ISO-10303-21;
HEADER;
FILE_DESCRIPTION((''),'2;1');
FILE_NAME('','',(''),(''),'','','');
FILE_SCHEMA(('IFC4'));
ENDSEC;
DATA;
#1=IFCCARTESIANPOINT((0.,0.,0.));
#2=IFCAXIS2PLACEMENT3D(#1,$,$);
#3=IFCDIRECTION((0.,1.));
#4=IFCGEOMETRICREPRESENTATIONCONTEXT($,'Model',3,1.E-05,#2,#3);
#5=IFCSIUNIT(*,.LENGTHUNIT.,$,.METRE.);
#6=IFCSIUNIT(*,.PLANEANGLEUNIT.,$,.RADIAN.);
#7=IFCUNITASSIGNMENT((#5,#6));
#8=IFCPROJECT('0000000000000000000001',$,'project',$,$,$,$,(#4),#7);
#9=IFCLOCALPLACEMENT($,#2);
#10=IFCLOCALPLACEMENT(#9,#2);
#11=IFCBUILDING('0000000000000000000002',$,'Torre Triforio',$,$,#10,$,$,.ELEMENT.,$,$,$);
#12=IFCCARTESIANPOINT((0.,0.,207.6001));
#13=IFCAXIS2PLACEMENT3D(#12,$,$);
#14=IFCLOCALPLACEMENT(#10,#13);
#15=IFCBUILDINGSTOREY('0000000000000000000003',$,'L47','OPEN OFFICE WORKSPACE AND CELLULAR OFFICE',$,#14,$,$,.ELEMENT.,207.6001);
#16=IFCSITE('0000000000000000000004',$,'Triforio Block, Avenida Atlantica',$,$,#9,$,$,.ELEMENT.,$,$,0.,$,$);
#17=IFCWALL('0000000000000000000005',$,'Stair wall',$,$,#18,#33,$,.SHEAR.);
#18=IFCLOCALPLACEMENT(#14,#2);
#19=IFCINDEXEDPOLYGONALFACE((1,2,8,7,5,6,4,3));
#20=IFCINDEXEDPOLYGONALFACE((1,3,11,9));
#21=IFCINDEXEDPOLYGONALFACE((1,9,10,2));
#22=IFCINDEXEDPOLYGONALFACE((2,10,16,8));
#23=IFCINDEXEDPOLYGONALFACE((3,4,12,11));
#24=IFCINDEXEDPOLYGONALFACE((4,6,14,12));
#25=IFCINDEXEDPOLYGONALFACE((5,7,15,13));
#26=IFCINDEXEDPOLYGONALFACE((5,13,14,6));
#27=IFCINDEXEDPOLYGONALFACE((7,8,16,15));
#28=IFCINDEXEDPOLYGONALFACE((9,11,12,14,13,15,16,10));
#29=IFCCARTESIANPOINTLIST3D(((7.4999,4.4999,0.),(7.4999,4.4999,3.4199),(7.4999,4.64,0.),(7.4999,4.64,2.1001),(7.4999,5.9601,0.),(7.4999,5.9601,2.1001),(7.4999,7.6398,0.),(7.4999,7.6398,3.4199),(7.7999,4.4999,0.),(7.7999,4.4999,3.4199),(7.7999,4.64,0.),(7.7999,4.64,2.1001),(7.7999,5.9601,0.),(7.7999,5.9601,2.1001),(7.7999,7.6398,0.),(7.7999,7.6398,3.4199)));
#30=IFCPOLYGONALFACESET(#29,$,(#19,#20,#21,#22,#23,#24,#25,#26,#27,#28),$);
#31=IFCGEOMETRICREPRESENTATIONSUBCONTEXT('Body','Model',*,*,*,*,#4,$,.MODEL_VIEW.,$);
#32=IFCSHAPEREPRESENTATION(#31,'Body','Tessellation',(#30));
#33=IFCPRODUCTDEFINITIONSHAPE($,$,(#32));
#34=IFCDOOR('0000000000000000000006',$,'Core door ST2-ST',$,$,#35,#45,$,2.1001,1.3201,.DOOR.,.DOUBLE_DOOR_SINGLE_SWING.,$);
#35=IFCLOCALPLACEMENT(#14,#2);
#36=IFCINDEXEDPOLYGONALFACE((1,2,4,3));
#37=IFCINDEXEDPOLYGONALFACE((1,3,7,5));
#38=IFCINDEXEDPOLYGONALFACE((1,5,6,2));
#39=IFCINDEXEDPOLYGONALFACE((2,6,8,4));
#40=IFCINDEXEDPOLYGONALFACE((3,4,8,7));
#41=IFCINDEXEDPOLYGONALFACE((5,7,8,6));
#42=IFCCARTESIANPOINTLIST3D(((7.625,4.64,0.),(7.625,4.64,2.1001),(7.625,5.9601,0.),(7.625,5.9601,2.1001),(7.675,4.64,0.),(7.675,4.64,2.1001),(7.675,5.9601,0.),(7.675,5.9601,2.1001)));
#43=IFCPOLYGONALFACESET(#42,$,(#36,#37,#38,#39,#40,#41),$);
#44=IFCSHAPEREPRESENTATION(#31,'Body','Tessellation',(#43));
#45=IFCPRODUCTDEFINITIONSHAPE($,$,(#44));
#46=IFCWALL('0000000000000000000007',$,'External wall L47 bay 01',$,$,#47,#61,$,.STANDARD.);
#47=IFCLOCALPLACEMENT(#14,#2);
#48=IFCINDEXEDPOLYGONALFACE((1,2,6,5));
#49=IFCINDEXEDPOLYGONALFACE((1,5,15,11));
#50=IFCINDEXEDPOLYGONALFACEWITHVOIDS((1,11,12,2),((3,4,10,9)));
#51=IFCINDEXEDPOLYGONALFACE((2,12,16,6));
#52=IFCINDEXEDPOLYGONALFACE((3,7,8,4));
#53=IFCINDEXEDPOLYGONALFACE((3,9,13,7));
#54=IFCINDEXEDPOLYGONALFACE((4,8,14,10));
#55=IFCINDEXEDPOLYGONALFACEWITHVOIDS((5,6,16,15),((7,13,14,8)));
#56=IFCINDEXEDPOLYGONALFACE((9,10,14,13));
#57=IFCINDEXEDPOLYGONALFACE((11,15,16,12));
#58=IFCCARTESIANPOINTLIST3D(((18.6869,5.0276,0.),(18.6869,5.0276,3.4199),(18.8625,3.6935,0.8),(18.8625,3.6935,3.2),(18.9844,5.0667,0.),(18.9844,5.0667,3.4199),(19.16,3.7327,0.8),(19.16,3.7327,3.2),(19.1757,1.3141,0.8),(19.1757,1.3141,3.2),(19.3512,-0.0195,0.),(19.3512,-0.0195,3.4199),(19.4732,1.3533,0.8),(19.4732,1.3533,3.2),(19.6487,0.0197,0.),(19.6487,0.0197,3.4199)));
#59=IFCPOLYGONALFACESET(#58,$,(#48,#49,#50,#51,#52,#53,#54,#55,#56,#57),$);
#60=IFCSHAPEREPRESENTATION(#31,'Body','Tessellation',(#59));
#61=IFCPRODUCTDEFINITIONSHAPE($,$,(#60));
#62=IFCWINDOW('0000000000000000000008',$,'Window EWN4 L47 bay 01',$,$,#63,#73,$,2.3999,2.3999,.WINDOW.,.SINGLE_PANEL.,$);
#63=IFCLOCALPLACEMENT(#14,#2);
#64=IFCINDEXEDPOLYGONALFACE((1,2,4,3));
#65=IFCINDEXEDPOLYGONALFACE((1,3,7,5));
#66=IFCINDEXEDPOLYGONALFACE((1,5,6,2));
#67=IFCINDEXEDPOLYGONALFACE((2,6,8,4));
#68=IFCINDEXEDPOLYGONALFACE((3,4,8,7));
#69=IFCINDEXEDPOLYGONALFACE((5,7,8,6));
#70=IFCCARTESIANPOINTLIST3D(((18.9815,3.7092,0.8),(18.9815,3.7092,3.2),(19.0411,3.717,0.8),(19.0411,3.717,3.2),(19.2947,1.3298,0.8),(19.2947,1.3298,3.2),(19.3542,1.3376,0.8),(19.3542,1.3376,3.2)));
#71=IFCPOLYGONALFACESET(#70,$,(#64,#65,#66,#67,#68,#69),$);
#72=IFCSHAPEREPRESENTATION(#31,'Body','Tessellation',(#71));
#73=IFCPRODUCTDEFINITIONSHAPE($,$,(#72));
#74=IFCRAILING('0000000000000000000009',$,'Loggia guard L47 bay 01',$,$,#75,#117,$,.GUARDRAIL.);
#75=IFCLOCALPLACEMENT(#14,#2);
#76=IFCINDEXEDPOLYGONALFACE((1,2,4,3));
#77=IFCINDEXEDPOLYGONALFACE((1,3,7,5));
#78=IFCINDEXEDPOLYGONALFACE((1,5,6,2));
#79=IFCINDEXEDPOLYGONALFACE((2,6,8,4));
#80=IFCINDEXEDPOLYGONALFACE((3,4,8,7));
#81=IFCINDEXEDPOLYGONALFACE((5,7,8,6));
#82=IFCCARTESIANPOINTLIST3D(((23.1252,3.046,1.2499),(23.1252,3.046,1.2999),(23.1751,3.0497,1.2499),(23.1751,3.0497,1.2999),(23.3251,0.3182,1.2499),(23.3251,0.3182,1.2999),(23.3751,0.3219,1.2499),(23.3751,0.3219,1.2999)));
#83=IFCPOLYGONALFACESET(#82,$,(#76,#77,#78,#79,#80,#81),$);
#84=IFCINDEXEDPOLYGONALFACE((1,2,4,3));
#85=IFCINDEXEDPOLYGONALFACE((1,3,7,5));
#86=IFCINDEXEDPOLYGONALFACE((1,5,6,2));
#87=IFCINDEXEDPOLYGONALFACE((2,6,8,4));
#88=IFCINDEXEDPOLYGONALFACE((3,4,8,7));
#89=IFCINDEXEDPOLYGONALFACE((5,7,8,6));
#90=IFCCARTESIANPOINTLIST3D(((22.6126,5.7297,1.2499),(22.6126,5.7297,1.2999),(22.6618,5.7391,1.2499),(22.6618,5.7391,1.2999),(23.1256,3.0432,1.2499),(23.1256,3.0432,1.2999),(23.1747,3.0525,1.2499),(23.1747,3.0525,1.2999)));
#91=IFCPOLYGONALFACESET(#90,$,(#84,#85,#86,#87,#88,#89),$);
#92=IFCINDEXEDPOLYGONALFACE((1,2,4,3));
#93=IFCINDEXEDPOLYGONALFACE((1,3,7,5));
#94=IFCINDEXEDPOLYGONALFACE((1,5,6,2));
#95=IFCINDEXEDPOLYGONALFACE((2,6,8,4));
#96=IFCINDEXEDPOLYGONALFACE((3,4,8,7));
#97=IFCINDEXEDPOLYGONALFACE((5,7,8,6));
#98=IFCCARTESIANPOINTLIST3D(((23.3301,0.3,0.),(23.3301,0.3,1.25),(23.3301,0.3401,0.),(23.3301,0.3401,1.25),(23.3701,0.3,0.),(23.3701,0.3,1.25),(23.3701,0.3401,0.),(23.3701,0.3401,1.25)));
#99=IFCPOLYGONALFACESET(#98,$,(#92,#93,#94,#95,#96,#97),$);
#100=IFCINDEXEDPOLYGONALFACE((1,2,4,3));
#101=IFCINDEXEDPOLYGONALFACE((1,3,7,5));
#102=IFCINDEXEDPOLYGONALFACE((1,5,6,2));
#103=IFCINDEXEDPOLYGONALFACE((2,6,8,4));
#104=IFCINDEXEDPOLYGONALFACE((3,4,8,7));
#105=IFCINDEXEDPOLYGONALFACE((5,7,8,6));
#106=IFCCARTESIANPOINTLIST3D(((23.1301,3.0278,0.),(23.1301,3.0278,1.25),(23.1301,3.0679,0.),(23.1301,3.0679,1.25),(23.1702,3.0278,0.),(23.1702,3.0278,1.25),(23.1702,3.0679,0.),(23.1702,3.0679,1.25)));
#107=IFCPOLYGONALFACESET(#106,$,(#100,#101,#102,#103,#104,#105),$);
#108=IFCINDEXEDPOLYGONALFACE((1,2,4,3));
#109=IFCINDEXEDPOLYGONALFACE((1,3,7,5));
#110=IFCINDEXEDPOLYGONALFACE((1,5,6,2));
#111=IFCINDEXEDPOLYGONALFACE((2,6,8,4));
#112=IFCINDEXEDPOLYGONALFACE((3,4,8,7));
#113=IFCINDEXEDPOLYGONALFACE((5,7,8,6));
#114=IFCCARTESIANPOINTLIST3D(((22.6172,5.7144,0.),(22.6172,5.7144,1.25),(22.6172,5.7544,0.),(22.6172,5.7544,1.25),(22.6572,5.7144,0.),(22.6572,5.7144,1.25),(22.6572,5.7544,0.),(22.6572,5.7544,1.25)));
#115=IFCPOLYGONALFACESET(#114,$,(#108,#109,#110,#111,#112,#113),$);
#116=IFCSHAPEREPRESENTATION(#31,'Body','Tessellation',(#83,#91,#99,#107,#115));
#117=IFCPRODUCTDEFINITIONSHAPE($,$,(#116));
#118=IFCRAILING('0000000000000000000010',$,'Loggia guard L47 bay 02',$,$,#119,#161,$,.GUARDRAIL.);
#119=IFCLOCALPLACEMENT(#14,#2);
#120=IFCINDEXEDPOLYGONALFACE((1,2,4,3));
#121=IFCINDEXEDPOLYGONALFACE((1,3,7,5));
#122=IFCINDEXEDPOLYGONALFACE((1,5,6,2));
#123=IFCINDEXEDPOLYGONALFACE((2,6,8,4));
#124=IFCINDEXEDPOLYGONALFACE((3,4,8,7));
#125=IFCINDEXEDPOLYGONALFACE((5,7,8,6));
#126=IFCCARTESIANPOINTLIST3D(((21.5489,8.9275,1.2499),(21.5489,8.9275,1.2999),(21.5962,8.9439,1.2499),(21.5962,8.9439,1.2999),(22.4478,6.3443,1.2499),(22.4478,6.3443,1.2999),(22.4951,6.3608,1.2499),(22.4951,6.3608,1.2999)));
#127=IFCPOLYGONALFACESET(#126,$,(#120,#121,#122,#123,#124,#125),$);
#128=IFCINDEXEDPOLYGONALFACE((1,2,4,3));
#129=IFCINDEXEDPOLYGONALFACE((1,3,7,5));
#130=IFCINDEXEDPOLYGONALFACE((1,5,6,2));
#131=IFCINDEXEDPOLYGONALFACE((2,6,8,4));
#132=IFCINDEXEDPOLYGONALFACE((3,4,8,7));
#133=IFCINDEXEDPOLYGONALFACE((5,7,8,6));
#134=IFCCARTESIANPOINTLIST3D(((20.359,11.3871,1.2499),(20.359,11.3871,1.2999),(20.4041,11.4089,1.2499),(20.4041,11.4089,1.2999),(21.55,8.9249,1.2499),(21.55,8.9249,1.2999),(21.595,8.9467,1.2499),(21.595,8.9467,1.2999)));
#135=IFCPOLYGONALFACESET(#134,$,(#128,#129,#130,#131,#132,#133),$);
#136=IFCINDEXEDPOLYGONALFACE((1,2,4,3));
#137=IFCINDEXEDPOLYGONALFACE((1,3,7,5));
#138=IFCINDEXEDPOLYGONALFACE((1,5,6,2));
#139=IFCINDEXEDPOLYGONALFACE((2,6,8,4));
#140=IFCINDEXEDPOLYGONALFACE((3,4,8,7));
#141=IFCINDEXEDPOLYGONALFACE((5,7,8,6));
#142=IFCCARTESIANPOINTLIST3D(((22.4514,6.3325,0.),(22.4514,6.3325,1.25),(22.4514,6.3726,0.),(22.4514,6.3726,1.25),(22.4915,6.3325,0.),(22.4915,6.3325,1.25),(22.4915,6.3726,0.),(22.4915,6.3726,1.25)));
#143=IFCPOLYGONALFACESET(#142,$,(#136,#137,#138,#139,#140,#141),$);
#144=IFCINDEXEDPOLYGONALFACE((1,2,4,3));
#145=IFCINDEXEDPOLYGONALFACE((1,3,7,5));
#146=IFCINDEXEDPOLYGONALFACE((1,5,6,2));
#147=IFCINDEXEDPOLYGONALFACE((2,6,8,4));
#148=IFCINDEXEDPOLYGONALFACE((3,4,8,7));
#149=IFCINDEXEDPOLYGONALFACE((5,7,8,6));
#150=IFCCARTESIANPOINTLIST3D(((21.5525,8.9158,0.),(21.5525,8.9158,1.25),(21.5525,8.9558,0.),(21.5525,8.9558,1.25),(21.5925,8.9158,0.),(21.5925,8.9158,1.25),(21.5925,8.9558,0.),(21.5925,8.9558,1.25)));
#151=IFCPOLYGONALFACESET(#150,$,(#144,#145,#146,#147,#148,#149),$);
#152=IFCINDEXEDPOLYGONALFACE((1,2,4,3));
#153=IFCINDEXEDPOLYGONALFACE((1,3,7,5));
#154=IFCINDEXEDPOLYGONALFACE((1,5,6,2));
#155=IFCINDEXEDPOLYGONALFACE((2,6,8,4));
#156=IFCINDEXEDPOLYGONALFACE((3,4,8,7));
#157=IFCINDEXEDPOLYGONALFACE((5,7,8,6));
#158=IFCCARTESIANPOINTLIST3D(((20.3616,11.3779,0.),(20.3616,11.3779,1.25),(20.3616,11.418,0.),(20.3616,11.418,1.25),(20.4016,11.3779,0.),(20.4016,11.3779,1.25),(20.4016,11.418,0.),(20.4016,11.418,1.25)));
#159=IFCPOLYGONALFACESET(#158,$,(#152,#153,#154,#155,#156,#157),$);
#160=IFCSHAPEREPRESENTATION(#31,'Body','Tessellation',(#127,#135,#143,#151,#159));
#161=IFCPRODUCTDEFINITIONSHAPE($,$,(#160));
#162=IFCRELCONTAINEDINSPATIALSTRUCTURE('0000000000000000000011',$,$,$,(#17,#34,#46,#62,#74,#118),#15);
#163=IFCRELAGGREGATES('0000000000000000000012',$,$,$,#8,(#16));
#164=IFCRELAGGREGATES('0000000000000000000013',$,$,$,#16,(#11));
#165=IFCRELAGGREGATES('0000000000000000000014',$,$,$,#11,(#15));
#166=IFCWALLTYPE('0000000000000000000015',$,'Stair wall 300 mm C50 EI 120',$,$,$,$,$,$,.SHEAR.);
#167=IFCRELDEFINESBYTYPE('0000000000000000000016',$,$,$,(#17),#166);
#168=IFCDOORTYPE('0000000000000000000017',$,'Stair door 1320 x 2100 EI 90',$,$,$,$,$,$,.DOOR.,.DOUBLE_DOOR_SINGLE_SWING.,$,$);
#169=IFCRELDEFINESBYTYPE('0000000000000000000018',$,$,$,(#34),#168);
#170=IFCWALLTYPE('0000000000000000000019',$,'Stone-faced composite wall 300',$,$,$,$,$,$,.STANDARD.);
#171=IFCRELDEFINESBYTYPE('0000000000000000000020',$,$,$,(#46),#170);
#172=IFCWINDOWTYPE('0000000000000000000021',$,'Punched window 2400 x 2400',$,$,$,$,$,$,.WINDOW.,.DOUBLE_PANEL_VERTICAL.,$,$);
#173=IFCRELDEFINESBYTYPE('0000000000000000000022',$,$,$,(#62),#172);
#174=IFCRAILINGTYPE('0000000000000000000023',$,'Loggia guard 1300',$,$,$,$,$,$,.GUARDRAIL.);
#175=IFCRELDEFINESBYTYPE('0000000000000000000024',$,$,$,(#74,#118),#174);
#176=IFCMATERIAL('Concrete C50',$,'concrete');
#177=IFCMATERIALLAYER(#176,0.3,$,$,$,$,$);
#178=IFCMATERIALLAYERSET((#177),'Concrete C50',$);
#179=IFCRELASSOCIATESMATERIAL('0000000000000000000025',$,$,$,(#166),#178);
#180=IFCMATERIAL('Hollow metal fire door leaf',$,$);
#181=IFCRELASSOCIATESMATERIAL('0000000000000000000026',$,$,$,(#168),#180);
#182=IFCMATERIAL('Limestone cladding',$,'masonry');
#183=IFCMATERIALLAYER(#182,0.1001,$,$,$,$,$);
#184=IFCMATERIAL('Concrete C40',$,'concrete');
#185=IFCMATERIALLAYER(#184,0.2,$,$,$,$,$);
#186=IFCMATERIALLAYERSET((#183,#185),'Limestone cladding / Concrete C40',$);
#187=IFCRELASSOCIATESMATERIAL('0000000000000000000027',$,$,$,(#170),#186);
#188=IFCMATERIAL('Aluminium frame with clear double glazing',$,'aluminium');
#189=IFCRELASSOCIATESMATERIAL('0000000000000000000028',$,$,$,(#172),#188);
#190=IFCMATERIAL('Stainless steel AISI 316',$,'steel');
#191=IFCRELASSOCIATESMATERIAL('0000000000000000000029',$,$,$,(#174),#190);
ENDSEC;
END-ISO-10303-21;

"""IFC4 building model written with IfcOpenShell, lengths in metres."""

from ifc_helpers import new_model, si_unit, direction, frame, frame_2d, origin, origin_2d, place, context, subcontext, project, spatial, rectangle, extrude, material, layer, layer_set, type_object, element, fill, save


model = new_model("IFC4")

# Units and contexts
model_context = context("Model", 3, precision=1e-05, world=origin(), true_north=direction((0.0, 1.0)))
body_context = subcontext(model_context, "Body", "Model", "MODEL_VIEW")
ifc_project = project(units=[si_unit("LENGTHUNIT", "METRE"), si_unit("PLANEANGLEUNIT", "RADIAN")], contexts=[model_context])

# Site, building, storey
site_placement = place(None, origin())
site = spatial("IfcSite", under=ifc_project, at=site_placement, Name="Triforio Block, Avenida Atlantica", CompositionType="ELEMENT", RefElevation=0.0)
building_placement = place(site_placement, origin())
building = spatial("IfcBuilding", under=site, at=building_placement, Name="Torre Triforio", CompositionType="ELEMENT")
storey_placement = place(building_placement, frame((0.0, 0.0, 207.6001)))
storey = spatial("IfcBuildingStorey", under=building, at=storey_placement, Name="L47", Description="OPEN OFFICE WORKSPACE AND CELLULAR OFFICE", CompositionType="ELEMENT", Elevation=207.6001)

# Shared definitions
ifc_material_1 = material(Name="Concrete C50", Category="concrete")

# Shared definitions
ifc_material_2 = material(Name="Concrete C40", Category="concrete")

# Shared definitions
ifc_material_3 = material(Name="Limestone cladding", Category="masonry")

# Wall, opening, door
ifc_layer_1 = layer(ifc_material_1, 0.3)
ifc_layer_set_1 = layer_set([ifc_layer_1], Name="Concrete C50")
wall_type_1 = type_object("IfcWallType", Name="Stair wall 300 mm C50 EI 120", PredefinedType="SHEAR", material=ifc_layer_set_1)
wall_1_placement = place(storey_placement, frame((7.6499, 4.5, 0.0), z_axis=(0.0, 0.0, 1.0), x_axis=(0.0, 1.0, 0.0)))
wall_1 = element("IfcWall", 1, at=wall_1_placement, inside=storey, type_object=wall_type_1, Name="Stair wall", PredefinedType="SHEAR", context=body_context, shape_type="SweptSolid", body=[
    extrude(rectangle(XDim=3.1399, YDim=0.3, at=frame_2d((1.5698, 0.0))), origin(), (0.0, 0.0, 1.0), 3.4199),
])
opening_1_placement = place(wall_1_placement, frame((0.1399, 0.0, 0.0)))
opening_1 = element("IfcOpeningElement", 2, at=opening_1_placement, cuts=wall_1, PredefinedType="OPENING", context=body_context, shape_type="SweptSolid", body=[
    extrude(rectangle(XDim=1.3201, YDim=2.1001, at=frame_2d((0.6602, 1.05))), frame((0.0, 0.1599, 0.0), z_axis=(0.0, -1.0, 0.0), x_axis=(1.0, 0.0, 0.0)), (0.0, 0.0, 1.0), 0.3201),
])
ifc_material_4 = material(Name="Hollow metal fire door leaf")
door_type_1 = type_object("IfcDoorType", Name="Stair door 1320 x 2100 EI 90", OperationType="DOUBLE_DOOR_SINGLE_SWING", PredefinedType="DOOR", material=ifc_material_4)
door_1_placement = place(opening_1_placement, origin())
door_1 = element("IfcDoor", 3, at=door_1_placement, inside=storey, type_object=door_type_1, Name="Core door ST2-ST", OperationType="DOUBLE_DOOR_SINGLE_SWING", OverallHeight=2.1001, OverallWidth=1.3201, PredefinedType="DOOR", context=body_context, shape_type="SweptSolid", body=[
    extrude(rectangle(XDim=1.3201, YDim=2.1001, at=frame_2d((0.6602, 1.05))), frame((0.0, 0.0249, 0.0), z_axis=(0.0, -1.0, 0.0), x_axis=(1.0, 0.0, 0.0)), (0.0, 0.0, 1.0), 0.05),
])
fill(opening_1, door_1)

# Wall, opening, window
ifc_layer_2 = layer(ifc_material_3, 0.1001)
ifc_layer_3 = layer(ifc_material_2, 0.2)
ifc_layer_set_2 = layer_set([ifc_layer_2, ifc_layer_3], Name="Limestone cladding / Concrete C40")
wall_type_2 = type_object("IfcWallType", Name="Stone-faced composite wall 300", PredefinedType="STANDARD", material=ifc_layer_set_2)
wall_2_placement = place(storey_placement, frame((19.5, 0.0, 0.0), z_axis=(0.0, 0.0, 1.0), x_axis=(-0.130495, 0.991449, 0.0)))
wall_2 = element("IfcWall", 4, at=wall_2_placement, inside=storey, type_object=wall_type_2, Name="External wall L47 bay 01", PredefinedType="STANDARD", context=body_context, shape_type="SweptSolid", body=[
    extrude(rectangle(XDim=5.0906, YDim=0.3, at=frame_2d((2.5454, 0.0))), origin(), (0.0, 0.0, 1.0), 3.4199),
])
opening_2_placement = place(wall_2_placement, frame((1.3452, 0.0, 0.8)))
opening_2 = element("IfcOpeningElement", 5, at=opening_2_placement, cuts=wall_2, PredefinedType="OPENING", context=body_context, shape_type="SweptSolid", body=[
    extrude(rectangle(XDim=2.3999, YDim=2.3999, at=frame_2d((1.2, 1.2))), frame((0.0, 0.1599, 0.0), z_axis=(0.0, -1.0, 0.0), x_axis=(1.0, 0.0, 0.0)), (0.0, 0.0, 1.0), 0.3201),
])
ifc_material_5 = material(Name="Aluminium frame with clear double glazing", Category="aluminium")
window_type_1 = type_object("IfcWindowType", Name="Punched window 2400 x 2400", PartitioningType="DOUBLE_PANEL_VERTICAL", PredefinedType="WINDOW", material=ifc_material_5)
window_1_placement = place(opening_2_placement, origin())
window_1 = element("IfcWindow", 6, at=window_1_placement, inside=storey, type_object=window_type_1, Name="Window EWN4 L47 bay 01", OverallHeight=2.3999, OverallWidth=2.3999, PartitioningType="SINGLE_PANEL", PredefinedType="WINDOW", context=body_context, shape_type="SweptSolid", body=[
    extrude(rectangle(XDim=2.3999, YDim=2.3999, at=frame_2d((1.2, 1.2))), frame((0.0, 0.03, 0.0), z_axis=(0.0, -1.0, 0.0), x_axis=(1.0, 0.0, 0.0)), (0.0, 0.0, 1.0), 0.0601),
])
fill(opening_2, window_1)

# Railings
ifc_material_6 = material(Name="Stainless steel AISI 316", Category="steel")
railing_type = type_object("IfcRailingType", Name="Loggia guard 1300", PredefinedType="GUARDRAIL", material=ifc_material_6)
railing_1_placement = place(storey_placement, frame((23.3501, 0.3201, 0.0)))
element("IfcRailing", 7, at=railing_1_placement, inside=storey, type_object=railing_type, Name="Loggia guard L47 bay 01", PredefinedType="GUARDRAIL", context=body_context, shape_type="SweptSolid", body=[
    extrude(rectangle(XDim=0.05, YDim=0.05, at=origin_2d()), frame((0.0, 0.0, 1.2749), z_axis=(-0.073106, 0.997324, 0.0), x_axis=(-0.997324, -0.073106, 0.0)), (0.0, 0.0, 1.0), 2.7351),
    extrude(rectangle(XDim=0.05, YDim=0.05, at=origin_2d()), frame((-0.2, 2.7278, 1.2749), z_axis=(-0.187543, 0.982256, 0.0), x_axis=(-0.982256, -0.187543, 0.0)), (0.0, 0.0, 1.0), 2.7351),
    extrude(rectangle(XDim=0.04, YDim=0.04, at=origin_2d()), origin(), (0.0, 0.0, 1.0), 1.25),
    extrude(rectangle(XDim=0.04, YDim=0.04, at=origin_2d()), frame((-0.2, 2.7278, 0.0)), (0.0, 0.0, 1.0), 1.25),
    extrude(rectangle(XDim=0.04, YDim=0.04, at=origin_2d()), frame((-0.7129, 5.4143, 0.0)), (0.0, 0.0, 1.0), 1.25),
])
railing_2_placement = place(storey_placement, frame((22.4714, 6.3525, 0.0)))
element("IfcRailing", 8, at=railing_2_placement, inside=storey, type_object=railing_type, Name="Loggia guard L47 bay 02", PredefinedType="GUARDRAIL", context=body_context, shape_type="SweptSolid", body=[
    extrude(rectangle(XDim=0.05, YDim=0.05, at=origin_2d()), frame((0.0, 0.0, 1.2749), z_axis=(-0.328652, 0.944451, 0.0), x_axis=(-0.944451, -0.328652, 0.0)), (0.0, 0.0, 1.0), 2.7351),
    extrude(rectangle(XDim=0.05, YDim=0.05, at=origin_2d()), frame((-0.8989, 2.5833, 1.2749), z_axis=(-0.435428, 0.900224, 0.0), x_axis=(-0.900224, -0.435428, 0.0)), (0.0, 0.0, 1.0), 2.7351),
    extrude(rectangle(XDim=0.04, YDim=0.04, at=origin_2d()), origin(), (0.0, 0.0, 1.0), 1.25),
    extrude(rectangle(XDim=0.04, YDim=0.04, at=origin_2d()), frame((-0.8989, 2.5833, 0.0)), (0.0, 0.0, 1.0), 1.25),
    extrude(rectangle(XDim=0.04, YDim=0.04, at=origin_2d()), frame((-2.0898, 5.0454, 0.0)), (0.0, 0.0, 1.0), 1.25),
])

save(model, "model.ifc")
